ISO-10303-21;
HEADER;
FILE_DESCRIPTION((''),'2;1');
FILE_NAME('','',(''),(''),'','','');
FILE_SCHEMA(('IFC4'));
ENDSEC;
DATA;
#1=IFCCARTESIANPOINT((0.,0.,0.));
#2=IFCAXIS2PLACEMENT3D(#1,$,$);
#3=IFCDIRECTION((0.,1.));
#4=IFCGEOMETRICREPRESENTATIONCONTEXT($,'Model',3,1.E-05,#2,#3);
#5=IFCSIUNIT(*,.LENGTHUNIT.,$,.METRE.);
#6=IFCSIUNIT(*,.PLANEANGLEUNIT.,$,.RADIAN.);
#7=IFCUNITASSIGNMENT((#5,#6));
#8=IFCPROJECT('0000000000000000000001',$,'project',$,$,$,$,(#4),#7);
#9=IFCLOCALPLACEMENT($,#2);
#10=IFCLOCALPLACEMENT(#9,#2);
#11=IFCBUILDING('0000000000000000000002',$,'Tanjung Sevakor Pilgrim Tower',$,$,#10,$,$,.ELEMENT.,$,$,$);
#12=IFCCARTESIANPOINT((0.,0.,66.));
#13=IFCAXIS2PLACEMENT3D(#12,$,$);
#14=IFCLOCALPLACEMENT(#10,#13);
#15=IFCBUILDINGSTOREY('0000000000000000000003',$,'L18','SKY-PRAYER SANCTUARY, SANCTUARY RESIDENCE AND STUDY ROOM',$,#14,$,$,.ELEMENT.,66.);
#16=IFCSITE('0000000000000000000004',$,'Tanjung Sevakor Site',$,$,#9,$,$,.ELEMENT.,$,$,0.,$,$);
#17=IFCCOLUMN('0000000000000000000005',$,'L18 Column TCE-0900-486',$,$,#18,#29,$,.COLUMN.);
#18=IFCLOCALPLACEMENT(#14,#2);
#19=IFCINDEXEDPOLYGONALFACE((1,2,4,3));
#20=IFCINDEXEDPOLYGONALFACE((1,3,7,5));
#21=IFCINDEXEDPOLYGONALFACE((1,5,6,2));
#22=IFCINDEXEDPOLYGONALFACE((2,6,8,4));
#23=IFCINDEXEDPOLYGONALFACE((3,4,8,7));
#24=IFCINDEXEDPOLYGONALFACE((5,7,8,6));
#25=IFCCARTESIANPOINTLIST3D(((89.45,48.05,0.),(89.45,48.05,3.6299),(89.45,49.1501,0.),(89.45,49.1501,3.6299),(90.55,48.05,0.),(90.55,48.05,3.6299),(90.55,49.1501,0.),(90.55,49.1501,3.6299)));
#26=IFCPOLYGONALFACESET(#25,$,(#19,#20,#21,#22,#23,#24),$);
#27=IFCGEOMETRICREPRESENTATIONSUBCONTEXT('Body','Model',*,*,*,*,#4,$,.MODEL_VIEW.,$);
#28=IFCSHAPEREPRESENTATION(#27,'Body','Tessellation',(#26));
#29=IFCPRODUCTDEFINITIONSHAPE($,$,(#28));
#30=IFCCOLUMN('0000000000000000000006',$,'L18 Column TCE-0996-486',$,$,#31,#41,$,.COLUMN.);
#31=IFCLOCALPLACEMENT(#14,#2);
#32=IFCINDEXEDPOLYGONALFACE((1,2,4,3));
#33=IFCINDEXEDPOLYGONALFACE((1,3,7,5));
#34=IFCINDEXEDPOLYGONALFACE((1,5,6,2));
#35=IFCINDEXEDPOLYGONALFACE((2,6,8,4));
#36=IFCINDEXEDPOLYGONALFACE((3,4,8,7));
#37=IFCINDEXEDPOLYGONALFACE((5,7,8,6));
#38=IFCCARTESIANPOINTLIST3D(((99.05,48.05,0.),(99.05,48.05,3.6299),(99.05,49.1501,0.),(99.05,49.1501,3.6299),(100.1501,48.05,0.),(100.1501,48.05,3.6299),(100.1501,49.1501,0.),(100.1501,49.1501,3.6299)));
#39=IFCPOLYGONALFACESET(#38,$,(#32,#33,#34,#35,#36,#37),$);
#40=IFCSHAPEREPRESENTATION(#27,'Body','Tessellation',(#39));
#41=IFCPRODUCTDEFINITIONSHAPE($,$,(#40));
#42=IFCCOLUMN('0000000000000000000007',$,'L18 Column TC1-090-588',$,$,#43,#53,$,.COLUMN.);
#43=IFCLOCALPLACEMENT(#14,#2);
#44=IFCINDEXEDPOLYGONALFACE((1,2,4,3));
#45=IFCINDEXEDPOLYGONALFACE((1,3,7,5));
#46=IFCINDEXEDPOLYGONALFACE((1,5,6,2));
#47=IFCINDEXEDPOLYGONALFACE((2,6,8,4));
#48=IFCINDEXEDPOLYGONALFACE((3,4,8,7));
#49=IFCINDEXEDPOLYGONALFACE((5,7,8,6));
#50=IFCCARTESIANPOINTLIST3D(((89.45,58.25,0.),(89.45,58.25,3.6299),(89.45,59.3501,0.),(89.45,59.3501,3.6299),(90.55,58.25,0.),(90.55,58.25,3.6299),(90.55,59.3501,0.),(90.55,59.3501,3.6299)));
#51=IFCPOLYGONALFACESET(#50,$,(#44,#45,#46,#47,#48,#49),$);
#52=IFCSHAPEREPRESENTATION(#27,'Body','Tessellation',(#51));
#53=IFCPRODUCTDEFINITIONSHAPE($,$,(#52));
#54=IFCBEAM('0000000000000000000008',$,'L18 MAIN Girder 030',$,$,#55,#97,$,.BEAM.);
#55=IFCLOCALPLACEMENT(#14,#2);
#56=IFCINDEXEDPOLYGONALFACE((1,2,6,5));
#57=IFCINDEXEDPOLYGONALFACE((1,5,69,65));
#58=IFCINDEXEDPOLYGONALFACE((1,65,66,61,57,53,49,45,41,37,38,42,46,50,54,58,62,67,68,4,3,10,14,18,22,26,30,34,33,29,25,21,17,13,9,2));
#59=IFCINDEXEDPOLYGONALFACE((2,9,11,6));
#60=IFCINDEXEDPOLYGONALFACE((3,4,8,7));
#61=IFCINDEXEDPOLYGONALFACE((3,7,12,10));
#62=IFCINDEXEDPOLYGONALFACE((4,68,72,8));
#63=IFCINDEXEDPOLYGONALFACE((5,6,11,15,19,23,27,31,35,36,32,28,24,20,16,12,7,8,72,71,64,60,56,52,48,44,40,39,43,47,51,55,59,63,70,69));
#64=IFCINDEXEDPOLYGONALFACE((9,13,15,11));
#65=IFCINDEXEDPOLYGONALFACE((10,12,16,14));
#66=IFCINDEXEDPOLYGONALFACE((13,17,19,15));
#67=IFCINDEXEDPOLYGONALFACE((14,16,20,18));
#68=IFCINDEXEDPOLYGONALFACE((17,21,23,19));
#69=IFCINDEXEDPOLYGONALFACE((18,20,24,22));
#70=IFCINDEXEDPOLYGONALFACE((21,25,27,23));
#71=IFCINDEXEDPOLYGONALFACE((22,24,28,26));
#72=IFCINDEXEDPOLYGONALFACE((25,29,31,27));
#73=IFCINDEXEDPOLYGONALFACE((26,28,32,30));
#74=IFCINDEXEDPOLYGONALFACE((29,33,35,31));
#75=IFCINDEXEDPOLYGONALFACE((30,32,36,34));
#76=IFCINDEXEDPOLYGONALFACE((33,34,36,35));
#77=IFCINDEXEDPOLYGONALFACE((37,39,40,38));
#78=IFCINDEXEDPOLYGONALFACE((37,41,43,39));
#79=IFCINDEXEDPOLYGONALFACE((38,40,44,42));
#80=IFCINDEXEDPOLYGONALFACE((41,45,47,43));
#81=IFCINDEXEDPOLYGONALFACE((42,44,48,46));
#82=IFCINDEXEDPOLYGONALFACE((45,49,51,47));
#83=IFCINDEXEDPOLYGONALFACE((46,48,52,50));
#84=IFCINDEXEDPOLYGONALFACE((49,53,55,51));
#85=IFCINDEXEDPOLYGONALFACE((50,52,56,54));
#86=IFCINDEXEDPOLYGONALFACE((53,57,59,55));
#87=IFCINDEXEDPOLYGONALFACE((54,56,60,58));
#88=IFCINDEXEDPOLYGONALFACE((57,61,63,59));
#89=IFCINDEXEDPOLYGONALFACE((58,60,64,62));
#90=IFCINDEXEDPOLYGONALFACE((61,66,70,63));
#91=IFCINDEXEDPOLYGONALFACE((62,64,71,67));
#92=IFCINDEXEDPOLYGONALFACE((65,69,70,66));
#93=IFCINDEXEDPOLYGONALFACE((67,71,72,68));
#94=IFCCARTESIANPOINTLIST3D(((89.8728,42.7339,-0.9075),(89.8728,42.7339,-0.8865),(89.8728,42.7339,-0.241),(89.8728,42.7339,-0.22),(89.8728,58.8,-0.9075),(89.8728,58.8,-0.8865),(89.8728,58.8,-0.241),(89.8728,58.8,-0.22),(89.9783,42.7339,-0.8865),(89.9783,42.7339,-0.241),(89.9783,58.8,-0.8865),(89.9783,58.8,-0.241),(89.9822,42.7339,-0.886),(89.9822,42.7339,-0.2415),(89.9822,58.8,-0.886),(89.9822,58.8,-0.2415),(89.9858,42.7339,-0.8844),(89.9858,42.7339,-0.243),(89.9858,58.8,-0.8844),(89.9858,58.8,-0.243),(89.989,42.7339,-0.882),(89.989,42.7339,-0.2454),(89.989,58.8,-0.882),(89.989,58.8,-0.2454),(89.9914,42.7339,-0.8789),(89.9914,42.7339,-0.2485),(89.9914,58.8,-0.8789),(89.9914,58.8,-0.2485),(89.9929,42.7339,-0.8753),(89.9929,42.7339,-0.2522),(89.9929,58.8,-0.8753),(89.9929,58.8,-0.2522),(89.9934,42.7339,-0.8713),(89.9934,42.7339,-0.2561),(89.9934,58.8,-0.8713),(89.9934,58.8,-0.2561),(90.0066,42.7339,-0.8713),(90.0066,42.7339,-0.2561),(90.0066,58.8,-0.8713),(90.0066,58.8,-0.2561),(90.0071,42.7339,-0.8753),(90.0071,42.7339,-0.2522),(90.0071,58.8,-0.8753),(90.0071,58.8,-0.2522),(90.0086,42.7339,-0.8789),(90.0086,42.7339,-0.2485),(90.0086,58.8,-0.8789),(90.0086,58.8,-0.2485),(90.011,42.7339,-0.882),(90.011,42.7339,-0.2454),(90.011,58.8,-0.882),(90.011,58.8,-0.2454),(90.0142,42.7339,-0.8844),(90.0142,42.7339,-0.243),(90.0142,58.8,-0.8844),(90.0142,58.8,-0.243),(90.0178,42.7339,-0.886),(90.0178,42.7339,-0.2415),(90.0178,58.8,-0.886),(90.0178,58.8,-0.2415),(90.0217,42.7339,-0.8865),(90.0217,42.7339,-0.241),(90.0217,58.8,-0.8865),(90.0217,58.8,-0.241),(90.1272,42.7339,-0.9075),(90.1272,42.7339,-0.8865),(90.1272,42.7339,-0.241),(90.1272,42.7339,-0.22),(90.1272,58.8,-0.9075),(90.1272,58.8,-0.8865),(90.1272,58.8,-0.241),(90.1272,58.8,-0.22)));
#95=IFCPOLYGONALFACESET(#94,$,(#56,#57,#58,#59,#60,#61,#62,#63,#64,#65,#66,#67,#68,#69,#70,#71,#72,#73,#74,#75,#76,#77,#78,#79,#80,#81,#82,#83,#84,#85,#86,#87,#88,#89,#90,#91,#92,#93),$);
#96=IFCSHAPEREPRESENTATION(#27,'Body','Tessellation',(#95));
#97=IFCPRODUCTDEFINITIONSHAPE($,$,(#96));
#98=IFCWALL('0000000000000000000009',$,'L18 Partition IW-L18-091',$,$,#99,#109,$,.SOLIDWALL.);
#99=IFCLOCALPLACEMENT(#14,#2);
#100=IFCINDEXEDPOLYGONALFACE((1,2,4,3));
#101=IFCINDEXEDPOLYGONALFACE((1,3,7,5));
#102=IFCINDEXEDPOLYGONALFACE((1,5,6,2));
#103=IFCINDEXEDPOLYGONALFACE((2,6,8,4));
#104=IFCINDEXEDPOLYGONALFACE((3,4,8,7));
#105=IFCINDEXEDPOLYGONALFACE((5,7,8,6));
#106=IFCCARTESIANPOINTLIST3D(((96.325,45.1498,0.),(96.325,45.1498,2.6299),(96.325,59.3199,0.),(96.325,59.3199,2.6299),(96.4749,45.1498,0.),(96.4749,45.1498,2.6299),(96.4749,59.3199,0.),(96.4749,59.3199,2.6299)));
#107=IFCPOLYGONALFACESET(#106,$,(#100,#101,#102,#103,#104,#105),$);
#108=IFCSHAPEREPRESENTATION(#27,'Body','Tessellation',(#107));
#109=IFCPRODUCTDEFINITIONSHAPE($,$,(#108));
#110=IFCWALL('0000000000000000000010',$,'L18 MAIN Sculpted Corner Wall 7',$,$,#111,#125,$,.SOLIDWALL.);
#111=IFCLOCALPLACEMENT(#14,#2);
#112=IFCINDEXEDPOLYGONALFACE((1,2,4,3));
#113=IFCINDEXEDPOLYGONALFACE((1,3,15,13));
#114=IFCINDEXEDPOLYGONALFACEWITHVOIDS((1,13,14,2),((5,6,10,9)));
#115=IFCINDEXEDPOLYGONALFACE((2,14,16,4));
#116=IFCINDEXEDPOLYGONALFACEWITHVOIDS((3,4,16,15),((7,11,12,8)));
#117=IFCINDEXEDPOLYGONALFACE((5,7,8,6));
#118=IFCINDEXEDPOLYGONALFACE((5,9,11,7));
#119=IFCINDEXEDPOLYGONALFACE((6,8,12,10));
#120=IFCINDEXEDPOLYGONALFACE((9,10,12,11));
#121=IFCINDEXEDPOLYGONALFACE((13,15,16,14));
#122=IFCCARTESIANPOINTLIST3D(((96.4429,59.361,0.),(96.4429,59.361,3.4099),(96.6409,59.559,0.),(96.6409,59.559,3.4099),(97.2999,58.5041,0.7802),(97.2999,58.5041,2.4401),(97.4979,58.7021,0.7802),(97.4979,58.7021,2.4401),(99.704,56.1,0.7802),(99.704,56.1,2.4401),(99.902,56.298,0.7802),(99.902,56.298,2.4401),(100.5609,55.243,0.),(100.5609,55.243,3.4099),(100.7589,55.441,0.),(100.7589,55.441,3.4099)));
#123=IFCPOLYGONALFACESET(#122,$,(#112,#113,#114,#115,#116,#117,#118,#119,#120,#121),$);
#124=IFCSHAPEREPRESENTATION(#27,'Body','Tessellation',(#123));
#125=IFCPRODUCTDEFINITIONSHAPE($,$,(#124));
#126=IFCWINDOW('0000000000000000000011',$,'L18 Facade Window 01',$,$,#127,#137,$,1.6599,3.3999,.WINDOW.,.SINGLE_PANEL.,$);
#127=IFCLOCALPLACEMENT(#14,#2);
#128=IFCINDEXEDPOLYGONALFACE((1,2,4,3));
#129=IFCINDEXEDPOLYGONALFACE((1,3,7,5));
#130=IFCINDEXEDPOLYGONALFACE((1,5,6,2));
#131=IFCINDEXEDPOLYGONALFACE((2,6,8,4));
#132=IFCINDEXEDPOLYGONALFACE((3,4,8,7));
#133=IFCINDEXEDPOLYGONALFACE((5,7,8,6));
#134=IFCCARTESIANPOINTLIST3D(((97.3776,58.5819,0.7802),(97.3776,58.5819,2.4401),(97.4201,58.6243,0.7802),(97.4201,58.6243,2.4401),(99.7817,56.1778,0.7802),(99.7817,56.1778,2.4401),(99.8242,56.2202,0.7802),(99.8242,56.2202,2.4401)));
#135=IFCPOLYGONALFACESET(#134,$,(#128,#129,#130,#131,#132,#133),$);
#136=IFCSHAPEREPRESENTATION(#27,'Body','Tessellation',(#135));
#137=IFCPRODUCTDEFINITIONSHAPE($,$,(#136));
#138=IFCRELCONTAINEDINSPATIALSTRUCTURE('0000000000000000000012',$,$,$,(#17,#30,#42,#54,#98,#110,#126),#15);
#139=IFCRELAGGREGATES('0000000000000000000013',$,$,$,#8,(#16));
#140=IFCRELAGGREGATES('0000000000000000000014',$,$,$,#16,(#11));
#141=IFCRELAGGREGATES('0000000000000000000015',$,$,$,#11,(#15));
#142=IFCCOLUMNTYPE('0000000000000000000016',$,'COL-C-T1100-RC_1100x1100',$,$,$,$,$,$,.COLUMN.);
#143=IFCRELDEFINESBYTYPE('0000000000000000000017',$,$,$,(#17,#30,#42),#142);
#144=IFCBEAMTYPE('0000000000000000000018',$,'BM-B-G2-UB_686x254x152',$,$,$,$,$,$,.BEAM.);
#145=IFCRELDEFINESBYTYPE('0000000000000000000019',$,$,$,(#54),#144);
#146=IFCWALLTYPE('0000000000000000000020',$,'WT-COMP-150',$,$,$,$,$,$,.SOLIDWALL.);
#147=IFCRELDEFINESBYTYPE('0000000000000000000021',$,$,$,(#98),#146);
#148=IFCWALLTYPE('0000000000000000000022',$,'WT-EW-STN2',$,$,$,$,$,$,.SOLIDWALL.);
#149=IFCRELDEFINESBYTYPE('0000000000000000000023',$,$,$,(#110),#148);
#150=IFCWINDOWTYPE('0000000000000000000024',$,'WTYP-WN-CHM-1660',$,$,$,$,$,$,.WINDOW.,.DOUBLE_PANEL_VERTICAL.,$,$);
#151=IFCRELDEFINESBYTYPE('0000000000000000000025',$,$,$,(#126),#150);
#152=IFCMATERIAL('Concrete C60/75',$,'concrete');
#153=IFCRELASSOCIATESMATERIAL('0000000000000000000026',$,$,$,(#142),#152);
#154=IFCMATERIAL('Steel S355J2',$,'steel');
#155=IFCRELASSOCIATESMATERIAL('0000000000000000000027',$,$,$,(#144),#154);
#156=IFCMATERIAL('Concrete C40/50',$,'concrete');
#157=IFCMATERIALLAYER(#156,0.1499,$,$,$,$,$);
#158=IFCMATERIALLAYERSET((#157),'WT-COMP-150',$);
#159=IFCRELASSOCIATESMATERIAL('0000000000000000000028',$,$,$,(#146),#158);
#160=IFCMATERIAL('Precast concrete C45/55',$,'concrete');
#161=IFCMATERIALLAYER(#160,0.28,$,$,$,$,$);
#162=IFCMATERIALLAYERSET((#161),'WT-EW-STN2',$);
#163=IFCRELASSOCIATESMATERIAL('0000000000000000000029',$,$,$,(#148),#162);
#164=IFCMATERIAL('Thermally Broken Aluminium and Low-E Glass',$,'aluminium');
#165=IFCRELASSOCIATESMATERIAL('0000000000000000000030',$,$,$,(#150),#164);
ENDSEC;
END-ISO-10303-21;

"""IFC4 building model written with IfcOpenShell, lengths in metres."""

from ifc_helpers import new_model, si_unit, direction, frame, frame_2d, origin, origin_2d, place, context, subcontext, project, spatial, rectangle, i_section, extrude, material, layer, layer_set, material_profile, profile_set, type_object, element, fill, save


model = new_model("IFC4")

# Units and contexts
model_context = context("Model", 3, precision=1e-05, world=origin(), true_north=direction((0.0, 1.0)))
body_context = subcontext(model_context, "Body", "Model", "MODEL_VIEW")
ifc_project = project(units=[si_unit("LENGTHUNIT", "METRE"), si_unit("PLANEANGLEUNIT", "RADIAN")], contexts=[model_context])

# Site, building, storey
site_placement = place(None, origin())
site = spatial("IfcSite", under=ifc_project, at=site_placement, Name="Tanjung Sevakor Site", CompositionType="ELEMENT", RefElevation=0.0)
building_placement = place(site_placement, origin())
building = spatial("IfcBuilding", under=site, at=building_placement, Name="Tanjung Sevakor Pilgrim Tower", CompositionType="ELEMENT")
storey_placement = place(building_placement, frame((0.0, 0.0, 66.0)))
storey = spatial("IfcBuildingStorey", under=building, at=storey_placement, Name="L18", Description="SKY-PRAYER SANCTUARY, SANCTUARY RESIDENCE AND STUDY ROOM", CompositionType="ELEMENT", Elevation=66.0)

# Columns
ifc_material_1 = material(Name="Concrete C60/75", Category="concrete")
ifc_material_profile_1 = material_profile(ifc_material_1, rectangle(XDim=1.1001, YDim=1.1001, at=origin_2d()))
ifc_profile_set_1 = profile_set([ifc_material_profile_1], Name="Concrete C60/75")
column_type = type_object("IfcColumnType", Name="COL-C-T1100-RC_1100x1100", PredefinedType="COLUMN", material=ifc_profile_set_1)
for number, where, z_axis, x_axis, name in (
    (1, (90.0, 48.6001, 0.0), (0.0, 0.0, 1.0), (1.0, 0.0, 0.0), "L18 Column TCE-0900-486"),
    (2, (99.6001, 48.6001, 0.0), (0.0, 0.0, 1.0), (1.0, 0.0, 0.0), "L18 Column TCE-0996-486"),
    (3, (90.0, 58.8, 0.0), (0.0, 0.0, 1.0), (1.0, 0.0, 0.0), "L18 Column TC1-090-588"),
):
    element("IfcColumn", number, at=place(storey_placement, frame(where, z_axis=z_axis, x_axis=x_axis)), inside=storey, type_object=column_type, Name=name, PredefinedType="COLUMN", context=body_context, shape_type="SweptSolid", body=[
        extrude(rectangle(XDim=1.1001, YDim=1.1001, at=origin_2d()), origin(), (0.0, 0.0, 1.0), 3.6299),
    ])

# Beam
ifc_material_2 = material(Name="Steel S355J2", Category="steel")
ifc_material_profile_2 = material_profile(ifc_material_2, i_section(OverallWidth=0.2544, OverallDepth=0.6875, WebThickness=0.0132, FlangeThickness=0.021, FilletRadius=0.0151, at=origin_2d()))
ifc_profile_set_2 = profile_set([ifc_material_profile_2], Name="Steel S355J2")
beam_type = type_object("IfcBeamType", Name="BM-B-G2-UB_686x254x152", PredefinedType="BEAM", material=ifc_profile_set_2)
beam_placement = place(storey_placement, frame((90.0, 42.7339, -0.5637), z_axis=(0.0, 1.0, 0.0), x_axis=(-1.0, 0.0, 0.0)))
element("IfcBeam", 4, at=beam_placement, inside=storey, type_object=beam_type, Name="L18 MAIN Girder 030", PredefinedType="BEAM", context=body_context, shape_type="SweptSolid", body=[
    extrude(i_section(OverallWidth=0.2544, OverallDepth=0.6875, WebThickness=0.0132, FlangeThickness=0.021, FilletRadius=0.0151, at=origin_2d()), origin(), (0.0, 0.0, 1.0), 16.0662),
])

# Wall
ifc_material_3 = material(Name="Concrete C40/50", Category="concrete")
ifc_layer_1 = layer(ifc_material_3, 0.1499)
ifc_layer_set_1 = layer_set([ifc_layer_1], Name="WT-COMP-150")
wall_type_1 = type_object("IfcWallType", Name="WT-COMP-150", PredefinedType="SOLIDWALL", material=ifc_layer_set_1)
wall_1_placement = place(storey_placement, frame((96.3999, 45.1499, 0.0), z_axis=(0.0, 0.0, 1.0), x_axis=(0.0, 1.0, 0.0)))
element("IfcWall", 5, at=wall_1_placement, inside=storey, type_object=wall_type_1, Name="L18 Partition IW-L18-091", PredefinedType="SOLIDWALL", context=body_context, shape_type="SweptSolid", body=[
    extrude(rectangle(XDim=14.1702, YDim=0.1499, at=frame_2d((7.085, 0.0))), origin(), (0.0, 0.0, 1.0), 2.6299),
])

# Wall, opening, window
ifc_material_4 = material(Name="Precast concrete C45/55", Category="concrete")
ifc_layer_2 = layer(ifc_material_4, 0.28)
ifc_layer_set_2 = layer_set([ifc_layer_2], Name="WT-EW-STN2")
wall_type_2 = type_object("IfcWallType", Name="WT-EW-STN2", PredefinedType="SOLIDWALL", material=ifc_layer_set_2)
wall_2_placement = place(storey_placement, frame((100.6599, 55.342, 0.0), z_axis=(0.0, 0.0, 1.0), x_axis=(-0.707107, 0.707107, 0.0)))
wall_2 = element("IfcWall", 6, at=wall_2_placement, inside=storey, type_object=wall_type_2, Name="L18 MAIN Sculpted Corner Wall 7", PredefinedType="SOLIDWALL", context=body_context, shape_type="SweptSolid", body=[
    extrude(rectangle(XDim=5.8237, YDim=0.28, at=frame_2d((2.9119, 0.0))), origin(), (0.0, 0.0, 1.0), 3.4099),
])
opening_1_placement = place(wall_2_placement, frame((1.2119, 0.0, 0.78)))
opening_1 = element("IfcOpeningElement", 7, at=opening_1_placement, cuts=wall_2, PredefinedType="OPENING", context=body_context, shape_type="SweptSolid", body=[
    extrude(rectangle(XDim=3.3999, YDim=1.6599, at=frame_2d((1.7, 0.8301))), frame((0.0, 0.1499, 0.0), z_axis=(0.0, -1.0, 0.0), x_axis=(1.0, 0.0, 0.0)), (0.0, 0.0, 1.0), 0.3),
])
ifc_material_5 = material(Name="Thermally Broken Aluminium and Low-E Glass", Category="aluminium")
window_type_1 = type_object("IfcWindowType", Name="WTYP-WN-CHM-1660", PartitioningType="DOUBLE_PANEL_VERTICAL", PredefinedType="WINDOW", material=ifc_material_5)
window_1_placement = place(opening_1_placement, origin())
window_1 = element("IfcWindow", 8, at=window_1_placement, inside=storey, type_object=window_type_1, Name="L18 Facade Window 01", OverallHeight=1.6599, OverallWidth=3.3999, PartitioningType="SINGLE_PANEL", PredefinedType="WINDOW", context=body_context, shape_type="SweptSolid", body=[
    extrude(rectangle(XDim=3.3999, YDim=1.6599, at=frame_2d((1.7, 0.8301))), frame((0.0, 0.03, 0.0), z_axis=(0.0, -1.0, 0.0), x_axis=(1.0, 0.0, 0.0)), (0.0, 0.0, 1.0), 0.0601),
])
fill(opening_1, window_1)

save(model, "model.ifc")
